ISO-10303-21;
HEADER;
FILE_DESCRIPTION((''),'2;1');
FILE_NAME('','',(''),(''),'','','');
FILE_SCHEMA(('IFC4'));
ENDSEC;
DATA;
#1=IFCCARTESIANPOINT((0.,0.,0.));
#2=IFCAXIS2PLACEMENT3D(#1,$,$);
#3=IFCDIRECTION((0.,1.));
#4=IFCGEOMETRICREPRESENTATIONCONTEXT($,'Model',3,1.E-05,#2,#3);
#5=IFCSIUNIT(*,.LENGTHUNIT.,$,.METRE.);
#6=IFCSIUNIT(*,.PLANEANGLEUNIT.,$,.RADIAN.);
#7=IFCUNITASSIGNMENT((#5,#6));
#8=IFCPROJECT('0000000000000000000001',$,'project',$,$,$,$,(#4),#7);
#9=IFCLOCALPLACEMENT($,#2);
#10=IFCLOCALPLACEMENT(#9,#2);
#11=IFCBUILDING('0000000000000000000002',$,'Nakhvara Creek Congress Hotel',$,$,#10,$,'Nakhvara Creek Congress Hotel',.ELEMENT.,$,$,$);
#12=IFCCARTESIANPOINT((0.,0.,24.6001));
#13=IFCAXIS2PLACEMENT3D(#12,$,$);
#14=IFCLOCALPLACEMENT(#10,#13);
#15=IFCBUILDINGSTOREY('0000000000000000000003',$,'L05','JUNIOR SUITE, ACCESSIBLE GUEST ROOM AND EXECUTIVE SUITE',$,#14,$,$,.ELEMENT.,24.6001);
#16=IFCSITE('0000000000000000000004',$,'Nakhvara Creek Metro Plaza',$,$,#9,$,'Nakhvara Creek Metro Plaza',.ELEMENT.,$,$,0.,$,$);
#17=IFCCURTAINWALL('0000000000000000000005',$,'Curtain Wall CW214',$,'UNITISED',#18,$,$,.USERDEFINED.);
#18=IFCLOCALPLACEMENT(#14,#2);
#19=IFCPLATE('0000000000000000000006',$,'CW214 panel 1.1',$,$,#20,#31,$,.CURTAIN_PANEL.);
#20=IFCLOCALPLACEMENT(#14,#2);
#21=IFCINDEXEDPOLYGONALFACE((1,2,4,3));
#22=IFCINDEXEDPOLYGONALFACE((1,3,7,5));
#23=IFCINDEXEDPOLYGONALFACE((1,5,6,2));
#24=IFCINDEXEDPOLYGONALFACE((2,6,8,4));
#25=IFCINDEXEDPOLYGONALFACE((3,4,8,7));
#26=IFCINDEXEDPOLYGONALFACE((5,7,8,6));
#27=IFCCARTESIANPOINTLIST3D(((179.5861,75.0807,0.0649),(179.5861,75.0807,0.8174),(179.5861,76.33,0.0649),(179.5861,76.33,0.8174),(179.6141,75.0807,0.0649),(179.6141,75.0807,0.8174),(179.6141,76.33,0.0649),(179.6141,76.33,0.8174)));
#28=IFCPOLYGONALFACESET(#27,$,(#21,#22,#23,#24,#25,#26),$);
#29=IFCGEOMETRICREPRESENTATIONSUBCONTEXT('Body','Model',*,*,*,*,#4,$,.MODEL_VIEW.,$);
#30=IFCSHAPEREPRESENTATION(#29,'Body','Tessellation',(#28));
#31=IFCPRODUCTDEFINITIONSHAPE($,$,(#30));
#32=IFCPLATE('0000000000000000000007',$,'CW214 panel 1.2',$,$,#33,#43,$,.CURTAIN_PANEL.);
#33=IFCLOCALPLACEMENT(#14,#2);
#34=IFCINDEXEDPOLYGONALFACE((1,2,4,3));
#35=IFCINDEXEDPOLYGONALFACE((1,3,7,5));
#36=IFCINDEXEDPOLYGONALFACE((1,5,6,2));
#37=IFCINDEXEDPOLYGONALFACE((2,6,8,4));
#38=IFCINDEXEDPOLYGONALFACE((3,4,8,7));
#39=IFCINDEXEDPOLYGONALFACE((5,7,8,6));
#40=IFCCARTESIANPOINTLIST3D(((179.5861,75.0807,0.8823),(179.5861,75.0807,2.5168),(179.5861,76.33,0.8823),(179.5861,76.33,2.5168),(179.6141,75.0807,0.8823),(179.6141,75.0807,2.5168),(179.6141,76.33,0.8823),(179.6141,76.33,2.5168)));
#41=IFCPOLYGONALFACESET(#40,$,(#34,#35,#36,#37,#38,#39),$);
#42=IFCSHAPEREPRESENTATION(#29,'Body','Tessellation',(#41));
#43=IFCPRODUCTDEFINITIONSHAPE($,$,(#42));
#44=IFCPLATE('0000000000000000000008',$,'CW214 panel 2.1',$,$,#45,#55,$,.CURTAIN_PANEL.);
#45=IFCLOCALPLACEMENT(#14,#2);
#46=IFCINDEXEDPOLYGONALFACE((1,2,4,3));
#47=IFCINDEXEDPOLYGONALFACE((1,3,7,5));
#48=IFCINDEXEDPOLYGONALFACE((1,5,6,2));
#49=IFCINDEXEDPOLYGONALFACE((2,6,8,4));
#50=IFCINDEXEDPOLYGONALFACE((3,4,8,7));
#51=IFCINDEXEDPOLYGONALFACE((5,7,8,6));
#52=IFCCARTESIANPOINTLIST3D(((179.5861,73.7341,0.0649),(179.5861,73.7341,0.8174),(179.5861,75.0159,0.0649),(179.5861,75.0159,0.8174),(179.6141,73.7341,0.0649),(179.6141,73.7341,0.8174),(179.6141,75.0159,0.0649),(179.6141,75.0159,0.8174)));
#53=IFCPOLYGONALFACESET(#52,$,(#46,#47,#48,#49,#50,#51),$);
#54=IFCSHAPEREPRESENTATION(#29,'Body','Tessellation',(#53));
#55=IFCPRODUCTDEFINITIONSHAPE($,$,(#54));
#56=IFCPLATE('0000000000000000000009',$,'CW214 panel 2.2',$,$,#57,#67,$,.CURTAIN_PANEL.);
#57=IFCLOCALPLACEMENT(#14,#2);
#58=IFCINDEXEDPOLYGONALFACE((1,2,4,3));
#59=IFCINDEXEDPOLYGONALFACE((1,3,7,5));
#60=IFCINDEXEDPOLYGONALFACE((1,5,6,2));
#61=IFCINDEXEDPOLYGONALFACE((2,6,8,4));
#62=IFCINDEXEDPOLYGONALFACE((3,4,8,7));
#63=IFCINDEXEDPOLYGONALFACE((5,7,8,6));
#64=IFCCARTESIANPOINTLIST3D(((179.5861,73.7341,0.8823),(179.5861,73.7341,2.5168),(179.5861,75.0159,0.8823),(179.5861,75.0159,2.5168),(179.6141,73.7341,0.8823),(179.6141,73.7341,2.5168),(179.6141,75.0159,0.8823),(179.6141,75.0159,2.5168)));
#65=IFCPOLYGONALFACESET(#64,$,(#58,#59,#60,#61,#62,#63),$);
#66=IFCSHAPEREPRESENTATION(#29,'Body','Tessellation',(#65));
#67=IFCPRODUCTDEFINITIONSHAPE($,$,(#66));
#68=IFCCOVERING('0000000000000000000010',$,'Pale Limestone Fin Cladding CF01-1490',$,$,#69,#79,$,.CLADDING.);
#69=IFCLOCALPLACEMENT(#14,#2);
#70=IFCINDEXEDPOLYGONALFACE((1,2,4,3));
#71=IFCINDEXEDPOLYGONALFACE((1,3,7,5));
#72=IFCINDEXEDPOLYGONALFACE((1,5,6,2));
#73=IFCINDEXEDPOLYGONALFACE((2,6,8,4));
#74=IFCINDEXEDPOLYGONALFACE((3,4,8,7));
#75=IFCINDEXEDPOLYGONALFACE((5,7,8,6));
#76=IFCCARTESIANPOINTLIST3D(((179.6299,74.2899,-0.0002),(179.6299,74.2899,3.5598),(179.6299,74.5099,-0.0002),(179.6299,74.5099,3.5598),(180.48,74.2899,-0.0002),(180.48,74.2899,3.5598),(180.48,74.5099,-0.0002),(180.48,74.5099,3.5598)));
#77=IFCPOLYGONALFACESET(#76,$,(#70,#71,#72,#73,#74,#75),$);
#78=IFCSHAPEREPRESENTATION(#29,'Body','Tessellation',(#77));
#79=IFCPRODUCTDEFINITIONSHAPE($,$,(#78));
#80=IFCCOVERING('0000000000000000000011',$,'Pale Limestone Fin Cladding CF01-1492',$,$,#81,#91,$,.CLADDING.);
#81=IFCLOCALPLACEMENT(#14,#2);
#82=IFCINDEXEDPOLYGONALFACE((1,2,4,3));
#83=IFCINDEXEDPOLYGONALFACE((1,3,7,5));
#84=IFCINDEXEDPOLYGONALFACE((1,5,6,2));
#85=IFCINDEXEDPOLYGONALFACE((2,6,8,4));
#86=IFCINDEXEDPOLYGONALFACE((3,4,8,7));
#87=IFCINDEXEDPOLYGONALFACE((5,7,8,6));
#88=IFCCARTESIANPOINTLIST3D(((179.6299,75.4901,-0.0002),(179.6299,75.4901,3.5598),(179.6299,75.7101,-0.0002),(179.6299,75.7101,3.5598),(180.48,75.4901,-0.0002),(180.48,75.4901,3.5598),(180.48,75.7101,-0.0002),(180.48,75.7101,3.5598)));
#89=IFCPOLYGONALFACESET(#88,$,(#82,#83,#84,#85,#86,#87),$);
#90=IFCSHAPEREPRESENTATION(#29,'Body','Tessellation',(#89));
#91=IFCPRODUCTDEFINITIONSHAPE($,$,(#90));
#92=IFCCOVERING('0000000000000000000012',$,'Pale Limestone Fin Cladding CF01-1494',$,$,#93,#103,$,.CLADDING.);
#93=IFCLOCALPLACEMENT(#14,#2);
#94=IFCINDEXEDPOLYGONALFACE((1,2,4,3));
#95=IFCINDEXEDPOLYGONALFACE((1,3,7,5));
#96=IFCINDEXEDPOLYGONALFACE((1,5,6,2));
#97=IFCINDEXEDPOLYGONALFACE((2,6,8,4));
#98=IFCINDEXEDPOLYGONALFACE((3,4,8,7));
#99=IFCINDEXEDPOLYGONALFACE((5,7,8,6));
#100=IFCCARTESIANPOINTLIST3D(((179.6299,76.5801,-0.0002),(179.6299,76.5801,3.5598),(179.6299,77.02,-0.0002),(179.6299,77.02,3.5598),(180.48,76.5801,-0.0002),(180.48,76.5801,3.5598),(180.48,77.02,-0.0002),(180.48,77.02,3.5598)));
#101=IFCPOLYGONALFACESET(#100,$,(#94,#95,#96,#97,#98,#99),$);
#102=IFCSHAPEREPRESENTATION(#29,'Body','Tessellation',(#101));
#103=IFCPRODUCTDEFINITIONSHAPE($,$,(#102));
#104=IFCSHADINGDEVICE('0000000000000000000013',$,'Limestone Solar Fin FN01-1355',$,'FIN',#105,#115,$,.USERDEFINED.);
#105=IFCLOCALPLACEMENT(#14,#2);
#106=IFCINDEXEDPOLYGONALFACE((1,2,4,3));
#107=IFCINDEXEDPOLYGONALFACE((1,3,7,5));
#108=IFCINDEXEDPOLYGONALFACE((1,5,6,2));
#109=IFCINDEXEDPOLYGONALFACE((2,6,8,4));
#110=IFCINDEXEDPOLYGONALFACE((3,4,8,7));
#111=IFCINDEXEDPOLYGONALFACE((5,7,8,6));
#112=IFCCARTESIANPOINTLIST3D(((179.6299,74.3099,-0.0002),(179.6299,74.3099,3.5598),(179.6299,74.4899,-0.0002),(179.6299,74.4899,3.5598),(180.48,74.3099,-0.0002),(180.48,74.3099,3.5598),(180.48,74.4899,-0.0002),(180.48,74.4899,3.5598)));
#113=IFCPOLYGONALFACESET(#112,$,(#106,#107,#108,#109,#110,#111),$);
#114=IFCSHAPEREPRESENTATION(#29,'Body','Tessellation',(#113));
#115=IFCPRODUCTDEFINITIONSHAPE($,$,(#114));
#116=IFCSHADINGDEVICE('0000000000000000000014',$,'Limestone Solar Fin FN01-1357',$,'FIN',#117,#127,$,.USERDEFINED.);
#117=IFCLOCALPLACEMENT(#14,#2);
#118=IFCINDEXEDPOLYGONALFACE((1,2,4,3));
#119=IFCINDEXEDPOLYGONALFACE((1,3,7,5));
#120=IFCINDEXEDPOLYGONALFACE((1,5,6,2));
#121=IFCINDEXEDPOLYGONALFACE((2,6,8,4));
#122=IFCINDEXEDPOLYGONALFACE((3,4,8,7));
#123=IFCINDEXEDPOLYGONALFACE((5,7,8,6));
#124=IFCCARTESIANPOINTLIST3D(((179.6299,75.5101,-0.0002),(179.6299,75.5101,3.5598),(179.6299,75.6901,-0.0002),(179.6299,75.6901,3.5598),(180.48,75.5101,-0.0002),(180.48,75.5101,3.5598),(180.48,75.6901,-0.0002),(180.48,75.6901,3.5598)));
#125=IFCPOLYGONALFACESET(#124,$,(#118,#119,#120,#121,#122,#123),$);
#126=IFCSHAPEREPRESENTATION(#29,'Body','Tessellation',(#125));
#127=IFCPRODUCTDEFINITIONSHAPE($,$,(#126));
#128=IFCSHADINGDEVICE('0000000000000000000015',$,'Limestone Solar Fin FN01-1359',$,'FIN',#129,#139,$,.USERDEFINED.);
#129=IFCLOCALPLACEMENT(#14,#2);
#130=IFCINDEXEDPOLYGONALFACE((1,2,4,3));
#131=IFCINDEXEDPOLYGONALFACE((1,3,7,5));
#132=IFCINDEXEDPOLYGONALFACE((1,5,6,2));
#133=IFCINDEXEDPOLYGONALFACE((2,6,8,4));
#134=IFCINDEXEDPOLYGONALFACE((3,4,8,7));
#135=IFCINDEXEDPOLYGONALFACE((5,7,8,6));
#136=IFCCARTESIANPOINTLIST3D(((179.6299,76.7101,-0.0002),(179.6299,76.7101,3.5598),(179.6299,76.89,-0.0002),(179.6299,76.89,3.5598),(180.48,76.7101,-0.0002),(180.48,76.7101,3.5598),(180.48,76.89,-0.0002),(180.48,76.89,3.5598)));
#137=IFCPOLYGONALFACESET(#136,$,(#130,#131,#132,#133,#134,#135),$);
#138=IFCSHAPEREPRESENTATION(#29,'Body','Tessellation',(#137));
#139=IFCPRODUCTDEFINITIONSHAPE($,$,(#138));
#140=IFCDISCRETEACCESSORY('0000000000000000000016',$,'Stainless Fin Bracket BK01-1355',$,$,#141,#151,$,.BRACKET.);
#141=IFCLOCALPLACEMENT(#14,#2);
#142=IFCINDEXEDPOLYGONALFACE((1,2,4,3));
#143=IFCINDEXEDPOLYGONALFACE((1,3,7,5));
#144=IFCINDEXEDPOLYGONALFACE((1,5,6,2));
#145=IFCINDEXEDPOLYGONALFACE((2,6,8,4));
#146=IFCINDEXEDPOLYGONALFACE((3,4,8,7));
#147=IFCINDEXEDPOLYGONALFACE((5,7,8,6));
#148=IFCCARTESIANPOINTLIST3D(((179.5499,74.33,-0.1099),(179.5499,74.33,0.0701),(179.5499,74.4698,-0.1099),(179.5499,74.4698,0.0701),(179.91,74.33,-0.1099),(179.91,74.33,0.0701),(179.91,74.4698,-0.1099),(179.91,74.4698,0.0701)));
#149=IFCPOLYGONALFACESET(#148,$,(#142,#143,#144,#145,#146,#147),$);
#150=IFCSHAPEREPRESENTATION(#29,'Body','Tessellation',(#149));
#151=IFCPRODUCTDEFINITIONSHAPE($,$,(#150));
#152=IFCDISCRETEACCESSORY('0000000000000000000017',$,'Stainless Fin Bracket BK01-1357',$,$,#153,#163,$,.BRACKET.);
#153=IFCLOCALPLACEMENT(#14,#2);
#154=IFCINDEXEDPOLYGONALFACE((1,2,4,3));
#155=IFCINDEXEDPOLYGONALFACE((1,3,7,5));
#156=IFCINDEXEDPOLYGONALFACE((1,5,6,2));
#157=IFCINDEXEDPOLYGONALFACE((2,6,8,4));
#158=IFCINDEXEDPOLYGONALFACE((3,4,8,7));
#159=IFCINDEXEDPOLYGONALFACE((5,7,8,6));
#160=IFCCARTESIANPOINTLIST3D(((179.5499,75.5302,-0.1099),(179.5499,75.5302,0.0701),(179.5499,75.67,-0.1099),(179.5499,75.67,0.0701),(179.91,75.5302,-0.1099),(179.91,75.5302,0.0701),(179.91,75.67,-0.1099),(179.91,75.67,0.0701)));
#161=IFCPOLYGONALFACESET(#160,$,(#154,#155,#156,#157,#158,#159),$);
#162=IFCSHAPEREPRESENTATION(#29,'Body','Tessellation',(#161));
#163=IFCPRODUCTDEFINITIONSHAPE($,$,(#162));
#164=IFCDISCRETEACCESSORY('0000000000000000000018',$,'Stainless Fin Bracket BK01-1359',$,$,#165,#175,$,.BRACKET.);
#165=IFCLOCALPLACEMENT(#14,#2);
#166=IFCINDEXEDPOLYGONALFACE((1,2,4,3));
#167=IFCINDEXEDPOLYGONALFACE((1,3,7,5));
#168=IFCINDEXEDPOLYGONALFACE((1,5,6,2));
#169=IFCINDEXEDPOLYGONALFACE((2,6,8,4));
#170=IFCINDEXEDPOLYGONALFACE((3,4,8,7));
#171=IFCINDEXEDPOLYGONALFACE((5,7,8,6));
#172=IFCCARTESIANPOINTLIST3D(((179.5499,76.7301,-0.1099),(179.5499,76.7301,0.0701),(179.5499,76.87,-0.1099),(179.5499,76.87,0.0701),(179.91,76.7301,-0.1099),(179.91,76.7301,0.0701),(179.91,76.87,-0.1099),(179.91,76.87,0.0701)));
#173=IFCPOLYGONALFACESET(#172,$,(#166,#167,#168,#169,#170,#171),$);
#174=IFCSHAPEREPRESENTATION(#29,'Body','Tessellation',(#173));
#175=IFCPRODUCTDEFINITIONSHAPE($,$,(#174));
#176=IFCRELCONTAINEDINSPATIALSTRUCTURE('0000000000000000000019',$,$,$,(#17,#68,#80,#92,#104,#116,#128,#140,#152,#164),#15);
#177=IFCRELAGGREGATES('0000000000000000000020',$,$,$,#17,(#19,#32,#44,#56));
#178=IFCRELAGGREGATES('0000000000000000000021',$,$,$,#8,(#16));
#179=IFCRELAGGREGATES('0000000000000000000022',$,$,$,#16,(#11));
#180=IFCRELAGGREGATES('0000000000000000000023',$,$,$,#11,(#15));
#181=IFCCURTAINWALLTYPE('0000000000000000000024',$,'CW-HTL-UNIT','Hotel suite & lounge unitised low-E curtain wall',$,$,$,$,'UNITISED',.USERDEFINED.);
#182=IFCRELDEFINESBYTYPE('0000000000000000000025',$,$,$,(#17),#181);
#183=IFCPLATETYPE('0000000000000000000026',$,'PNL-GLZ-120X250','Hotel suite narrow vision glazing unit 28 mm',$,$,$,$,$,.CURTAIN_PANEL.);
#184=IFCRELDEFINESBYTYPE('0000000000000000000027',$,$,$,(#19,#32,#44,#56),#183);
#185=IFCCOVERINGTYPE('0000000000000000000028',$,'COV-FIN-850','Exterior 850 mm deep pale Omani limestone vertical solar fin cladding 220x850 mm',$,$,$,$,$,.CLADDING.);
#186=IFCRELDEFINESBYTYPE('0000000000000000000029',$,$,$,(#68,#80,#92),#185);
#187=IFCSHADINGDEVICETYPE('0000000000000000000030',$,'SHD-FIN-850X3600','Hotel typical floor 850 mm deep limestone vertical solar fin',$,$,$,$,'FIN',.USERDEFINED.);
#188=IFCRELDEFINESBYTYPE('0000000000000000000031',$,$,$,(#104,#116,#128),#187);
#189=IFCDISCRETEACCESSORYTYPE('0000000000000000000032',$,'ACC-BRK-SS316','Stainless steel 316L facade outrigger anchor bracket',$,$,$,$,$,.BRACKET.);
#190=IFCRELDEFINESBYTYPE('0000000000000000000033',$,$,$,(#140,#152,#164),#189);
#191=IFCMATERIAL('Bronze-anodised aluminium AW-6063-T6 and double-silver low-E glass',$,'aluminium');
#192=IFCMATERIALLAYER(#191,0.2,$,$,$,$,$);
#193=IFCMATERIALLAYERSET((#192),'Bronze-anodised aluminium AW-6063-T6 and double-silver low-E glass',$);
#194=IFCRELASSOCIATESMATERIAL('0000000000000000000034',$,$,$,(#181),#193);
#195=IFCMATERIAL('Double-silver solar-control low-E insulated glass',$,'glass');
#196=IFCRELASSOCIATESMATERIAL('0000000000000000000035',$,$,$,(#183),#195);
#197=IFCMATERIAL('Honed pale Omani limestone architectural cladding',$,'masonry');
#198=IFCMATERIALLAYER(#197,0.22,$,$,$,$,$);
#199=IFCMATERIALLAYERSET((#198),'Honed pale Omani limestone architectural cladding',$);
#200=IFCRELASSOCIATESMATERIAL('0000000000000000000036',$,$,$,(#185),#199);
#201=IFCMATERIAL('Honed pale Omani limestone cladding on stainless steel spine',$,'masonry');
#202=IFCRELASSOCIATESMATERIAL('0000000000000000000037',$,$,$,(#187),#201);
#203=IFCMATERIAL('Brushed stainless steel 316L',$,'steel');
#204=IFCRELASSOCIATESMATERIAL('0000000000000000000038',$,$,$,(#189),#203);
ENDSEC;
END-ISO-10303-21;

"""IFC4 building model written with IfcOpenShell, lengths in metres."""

from ifc_helpers import new_model, si_unit, direction, frame, origin, origin_2d, place, context, subcontext, project, spatial, rectangle, extrude, material, layer, layer_set, type_object, element, aggregate, save


model = new_model("IFC4")

# Units and contexts
model_context = context("Model", 3, precision=1e-05, world=origin(), true_north=direction((0.0, 1.0)))
body_context = subcontext(model_context, "Body", "Model", "MODEL_VIEW")
ifc_project = project(units=[si_unit("LENGTHUNIT", "METRE"), si_unit("PLANEANGLEUNIT", "RADIAN")], contexts=[model_context])

# Site, building, storey
site_placement = place(None, origin())
site = spatial("IfcSite", under=ifc_project, at=site_placement, Name="Nakhvara Creek Metro Plaza", LongName="Nakhvara Creek Metro Plaza", CompositionType="ELEMENT", RefElevation=0.0)
building_placement = place(site_placement, origin())
building = spatial("IfcBuilding", under=site, at=building_placement, Name="Nakhvara Creek Congress Hotel", LongName="Nakhvara Creek Congress Hotel", CompositionType="ELEMENT")
storey_placement = place(building_placement, frame((0.0, 0.0, 24.6001)))
storey = spatial("IfcBuildingStorey", under=building, at=storey_placement, Name="L05", Description="JUNIOR SUITE, ACCESSIBLE GUEST ROOM AND EXECUTIVE SUITE", CompositionType="ELEMENT", Elevation=24.6001)

# Curtain wall, plates
ifc_material_1 = material(Name="Bronze-anodised aluminium AW-6063-T6 and double-silver low-E glass", Category="aluminium")
ifc_layer_1 = layer(ifc_material_1, 0.2)
ifc_layer_set_1 = layer_set([ifc_layer_1], Name="Bronze-anodised aluminium AW-6063-T6 and double-silver low-E glass")
curtain_wall_type = type_object("IfcCurtainWallType", Name="CW-HTL-UNIT", Description="Hotel suite & lounge unitised low-E curtain wall", ElementType="UNITISED", PredefinedType="USERDEFINED", material=ifc_layer_set_1)
curtain_wall_placement = place(storey_placement, origin())
curtain_wall = element("IfcCurtainWall", 1, at=curtain_wall_placement, inside=storey, type_object=curtain_wall_type, Name="Curtain Wall CW214", ObjectType="UNITISED", PredefinedType="USERDEFINED")
ifc_material_2 = material(Name="Double-silver solar-control low-E insulated glass", Category="glass")
plate_type = type_object("IfcPlateType", Name="PNL-GLZ-120X250", Description="Hotel suite narrow vision glazing unit 28 mm", PredefinedType="CURTAIN_PANEL", material=ifc_material_2)
plate_1_placement = place(storey_placement, frame((179.6001, 75.7053, 0.0649), z_axis=(0.0, 0.0, 1.0), x_axis=(0.0, -1.0, 0.0)))
plate_1 = element("IfcPlate", 2, at=plate_1_placement, type_object=plate_type, Name="CW214 panel 1.1", PredefinedType="CURTAIN_PANEL", context=body_context, shape_type="SweptSolid", body=[
    extrude(rectangle(XDim=1.2493, YDim=0.0281, at=origin_2d()), origin(), (0.0, 0.0, 1.0), 0.7524),
])
plate_2_placement = place(storey_placement, frame((179.6001, 75.7053, 0.8823), z_axis=(0.0, 0.0, 1.0), x_axis=(0.0, -1.0, 0.0)))
plate_2 = element("IfcPlate", 3, at=plate_2_placement, type_object=plate_type, Name="CW214 panel 1.2", PredefinedType="CURTAIN_PANEL", context=body_context, shape_type="SweptSolid", body=[
    extrude(rectangle(XDim=1.2493, YDim=0.0281, at=origin_2d()), origin(), (0.0, 0.0, 1.0), 1.6345),
])
plate_3_placement = place(storey_placement, frame((179.6001, 74.375, 0.0649), z_axis=(0.0, 0.0, 1.0), x_axis=(0.0, -1.0, 0.0)))
plate_3 = element("IfcPlate", 4, at=plate_3_placement, type_object=plate_type, Name="CW214 panel 2.1", PredefinedType="CURTAIN_PANEL", context=body_context, shape_type="SweptSolid", body=[
    extrude(rectangle(XDim=1.2817, YDim=0.0281, at=origin_2d()), origin(), (0.0, 0.0, 1.0), 0.7524),
])
plate_4_placement = place(storey_placement, frame((179.6001, 74.375, 0.8823), z_axis=(0.0, 0.0, 1.0), x_axis=(0.0, -1.0, 0.0)))
plate_4 = element("IfcPlate", 5, at=plate_4_placement, type_object=plate_type, Name="CW214 panel 2.2", PredefinedType="CURTAIN_PANEL", context=body_context, shape_type="SweptSolid", body=[
    extrude(rectangle(XDim=1.2817, YDim=0.0281, at=origin_2d()), origin(), (0.0, 0.0, 1.0), 1.6345),
])
aggregate(curtain_wall, [plate_1, plate_2, plate_3, plate_4])

# Coverings
ifc_material_3 = material(Name="Honed pale Omani limestone architectural cladding", Category="masonry")
ifc_layer_2 = layer(ifc_material_3, 0.22)
ifc_layer_set_2 = layer_set([ifc_layer_2], Name="Honed pale Omani limestone architectural cladding")
covering_type = type_object("IfcCoveringType", Name="COV-FIN-850", Description="Exterior 850 mm deep pale Omani limestone vertical solar fin cladding 220x850 mm", PredefinedType="CLADDING", material=ifc_layer_set_2)
for number, where, z_axis, x_axis, name in (
    (6, (180.0549, 74.3999, -0.0002), (0.0, 0.0, 1.0), (0.0, 1.0, 0.0), "Pale Limestone Fin Cladding CF01-1490"),
    (7, (180.0549, 75.6001, -0.0002), (0.0, 0.0, 1.0), (0.0, 1.0, 0.0), "Pale Limestone Fin Cladding CF01-1492"),
):
    element("IfcCovering", number, at=place(storey_placement, frame(where, z_axis=z_axis, x_axis=x_axis)), inside=storey, type_object=covering_type, Name=name, PredefinedType="CLADDING", context=body_context, shape_type="SweptSolid", body=[
        extrude(rectangle(XDim=0.22, YDim=0.8501, at=origin_2d()), origin(), (0.0, 0.0, 1.0), 3.5601),
    ])
covering_placement = place(storey_placement, frame((180.0549, 76.8, -0.0002), z_axis=(0.0, 0.0, 1.0), x_axis=(0.0, 1.0, 0.0)))
element("IfcCovering", 8, at=covering_placement, inside=storey, type_object=covering_type, Name="Pale Limestone Fin Cladding CF01-1494", PredefinedType="CLADDING", context=body_context, shape_type="SweptSolid", body=[
    extrude(rectangle(XDim=0.4399, YDim=0.8501, at=origin_2d()), origin(), (0.0, 0.0, 1.0), 3.5601),
])

# Shading devices
ifc_material_4 = material(Name="Honed pale Omani limestone cladding on stainless steel spine", Category="masonry")
shading_device_type = type_object("IfcShadingDeviceType", Name="SHD-FIN-850X3600", Description="Hotel typical floor 850 mm deep limestone vertical solar fin", ElementType="FIN", PredefinedType="USERDEFINED", material=ifc_material_4)
for number, where, z_axis, x_axis, name in (
    (9, (180.0549, 74.3999, -0.0002), (0.0, 0.0, 1.0), (0.0, 1.0, 0.0), "Limestone Solar Fin FN01-1355"),
    (10, (180.0549, 75.6001, -0.0002), (0.0, 0.0, 1.0), (0.0, 1.0, 0.0), "Limestone Solar Fin FN01-1357"),
    (11, (180.0549, 76.8, -0.0002), (0.0, 0.0, 1.0), (0.0, 1.0, 0.0), "Limestone Solar Fin FN01-1359"),
):
    element("IfcShadingDevice", number, at=place(storey_placement, frame(where, z_axis=z_axis, x_axis=x_axis)), inside=storey, type_object=shading_device_type, Name=name, ObjectType="FIN", PredefinedType="USERDEFINED", context=body_context, shape_type="SweptSolid", body=[
        extrude(rectangle(XDim=0.1799, YDim=0.8501, at=origin_2d()), origin(), (0.0, 0.0, 1.0), 3.5601),
    ])

# Discrete accessories
ifc_material_5 = material(Name="Brushed stainless steel 316L", Category="steel")
discrete_accessory_type = type_object("IfcDiscreteAccessoryType", Name="ACC-BRK-SS316", Description="Stainless steel 316L facade outrigger anchor bracket", PredefinedType="BRACKET", material=ifc_material_5)
for number, where, z_axis, x_axis, name in (
    (12, (179.73, 74.3999, -0.1099), (0.0, 0.0, 1.0), (0.0, 1.0, 0.0), "Stainless Fin Bracket BK01-1355"),
    (13, (179.73, 75.6001, -0.1099), (0.0, 0.0, 1.0), (0.0, 1.0, 0.0), "Stainless Fin Bracket BK01-1357"),
    (14, (179.73, 76.8, -0.1099), (0.0, 0.0, 1.0), (0.0, 1.0, 0.0), "Stainless Fin Bracket BK01-1359"),
):
    element("IfcDiscreteAccessory", number, at=place(storey_placement, frame(where, z_axis=z_axis, x_axis=x_axis)), inside=storey, type_object=discrete_accessory_type, Name=name, PredefinedType="BRACKET", context=body_context, shape_type="SweptSolid", body=[
        extrude(rectangle(XDim=0.1399, YDim=0.3601, at=origin_2d()), origin(), (0.0, 0.0, 1.0), 0.1799),
    ])

save(model, "model.ifc")
